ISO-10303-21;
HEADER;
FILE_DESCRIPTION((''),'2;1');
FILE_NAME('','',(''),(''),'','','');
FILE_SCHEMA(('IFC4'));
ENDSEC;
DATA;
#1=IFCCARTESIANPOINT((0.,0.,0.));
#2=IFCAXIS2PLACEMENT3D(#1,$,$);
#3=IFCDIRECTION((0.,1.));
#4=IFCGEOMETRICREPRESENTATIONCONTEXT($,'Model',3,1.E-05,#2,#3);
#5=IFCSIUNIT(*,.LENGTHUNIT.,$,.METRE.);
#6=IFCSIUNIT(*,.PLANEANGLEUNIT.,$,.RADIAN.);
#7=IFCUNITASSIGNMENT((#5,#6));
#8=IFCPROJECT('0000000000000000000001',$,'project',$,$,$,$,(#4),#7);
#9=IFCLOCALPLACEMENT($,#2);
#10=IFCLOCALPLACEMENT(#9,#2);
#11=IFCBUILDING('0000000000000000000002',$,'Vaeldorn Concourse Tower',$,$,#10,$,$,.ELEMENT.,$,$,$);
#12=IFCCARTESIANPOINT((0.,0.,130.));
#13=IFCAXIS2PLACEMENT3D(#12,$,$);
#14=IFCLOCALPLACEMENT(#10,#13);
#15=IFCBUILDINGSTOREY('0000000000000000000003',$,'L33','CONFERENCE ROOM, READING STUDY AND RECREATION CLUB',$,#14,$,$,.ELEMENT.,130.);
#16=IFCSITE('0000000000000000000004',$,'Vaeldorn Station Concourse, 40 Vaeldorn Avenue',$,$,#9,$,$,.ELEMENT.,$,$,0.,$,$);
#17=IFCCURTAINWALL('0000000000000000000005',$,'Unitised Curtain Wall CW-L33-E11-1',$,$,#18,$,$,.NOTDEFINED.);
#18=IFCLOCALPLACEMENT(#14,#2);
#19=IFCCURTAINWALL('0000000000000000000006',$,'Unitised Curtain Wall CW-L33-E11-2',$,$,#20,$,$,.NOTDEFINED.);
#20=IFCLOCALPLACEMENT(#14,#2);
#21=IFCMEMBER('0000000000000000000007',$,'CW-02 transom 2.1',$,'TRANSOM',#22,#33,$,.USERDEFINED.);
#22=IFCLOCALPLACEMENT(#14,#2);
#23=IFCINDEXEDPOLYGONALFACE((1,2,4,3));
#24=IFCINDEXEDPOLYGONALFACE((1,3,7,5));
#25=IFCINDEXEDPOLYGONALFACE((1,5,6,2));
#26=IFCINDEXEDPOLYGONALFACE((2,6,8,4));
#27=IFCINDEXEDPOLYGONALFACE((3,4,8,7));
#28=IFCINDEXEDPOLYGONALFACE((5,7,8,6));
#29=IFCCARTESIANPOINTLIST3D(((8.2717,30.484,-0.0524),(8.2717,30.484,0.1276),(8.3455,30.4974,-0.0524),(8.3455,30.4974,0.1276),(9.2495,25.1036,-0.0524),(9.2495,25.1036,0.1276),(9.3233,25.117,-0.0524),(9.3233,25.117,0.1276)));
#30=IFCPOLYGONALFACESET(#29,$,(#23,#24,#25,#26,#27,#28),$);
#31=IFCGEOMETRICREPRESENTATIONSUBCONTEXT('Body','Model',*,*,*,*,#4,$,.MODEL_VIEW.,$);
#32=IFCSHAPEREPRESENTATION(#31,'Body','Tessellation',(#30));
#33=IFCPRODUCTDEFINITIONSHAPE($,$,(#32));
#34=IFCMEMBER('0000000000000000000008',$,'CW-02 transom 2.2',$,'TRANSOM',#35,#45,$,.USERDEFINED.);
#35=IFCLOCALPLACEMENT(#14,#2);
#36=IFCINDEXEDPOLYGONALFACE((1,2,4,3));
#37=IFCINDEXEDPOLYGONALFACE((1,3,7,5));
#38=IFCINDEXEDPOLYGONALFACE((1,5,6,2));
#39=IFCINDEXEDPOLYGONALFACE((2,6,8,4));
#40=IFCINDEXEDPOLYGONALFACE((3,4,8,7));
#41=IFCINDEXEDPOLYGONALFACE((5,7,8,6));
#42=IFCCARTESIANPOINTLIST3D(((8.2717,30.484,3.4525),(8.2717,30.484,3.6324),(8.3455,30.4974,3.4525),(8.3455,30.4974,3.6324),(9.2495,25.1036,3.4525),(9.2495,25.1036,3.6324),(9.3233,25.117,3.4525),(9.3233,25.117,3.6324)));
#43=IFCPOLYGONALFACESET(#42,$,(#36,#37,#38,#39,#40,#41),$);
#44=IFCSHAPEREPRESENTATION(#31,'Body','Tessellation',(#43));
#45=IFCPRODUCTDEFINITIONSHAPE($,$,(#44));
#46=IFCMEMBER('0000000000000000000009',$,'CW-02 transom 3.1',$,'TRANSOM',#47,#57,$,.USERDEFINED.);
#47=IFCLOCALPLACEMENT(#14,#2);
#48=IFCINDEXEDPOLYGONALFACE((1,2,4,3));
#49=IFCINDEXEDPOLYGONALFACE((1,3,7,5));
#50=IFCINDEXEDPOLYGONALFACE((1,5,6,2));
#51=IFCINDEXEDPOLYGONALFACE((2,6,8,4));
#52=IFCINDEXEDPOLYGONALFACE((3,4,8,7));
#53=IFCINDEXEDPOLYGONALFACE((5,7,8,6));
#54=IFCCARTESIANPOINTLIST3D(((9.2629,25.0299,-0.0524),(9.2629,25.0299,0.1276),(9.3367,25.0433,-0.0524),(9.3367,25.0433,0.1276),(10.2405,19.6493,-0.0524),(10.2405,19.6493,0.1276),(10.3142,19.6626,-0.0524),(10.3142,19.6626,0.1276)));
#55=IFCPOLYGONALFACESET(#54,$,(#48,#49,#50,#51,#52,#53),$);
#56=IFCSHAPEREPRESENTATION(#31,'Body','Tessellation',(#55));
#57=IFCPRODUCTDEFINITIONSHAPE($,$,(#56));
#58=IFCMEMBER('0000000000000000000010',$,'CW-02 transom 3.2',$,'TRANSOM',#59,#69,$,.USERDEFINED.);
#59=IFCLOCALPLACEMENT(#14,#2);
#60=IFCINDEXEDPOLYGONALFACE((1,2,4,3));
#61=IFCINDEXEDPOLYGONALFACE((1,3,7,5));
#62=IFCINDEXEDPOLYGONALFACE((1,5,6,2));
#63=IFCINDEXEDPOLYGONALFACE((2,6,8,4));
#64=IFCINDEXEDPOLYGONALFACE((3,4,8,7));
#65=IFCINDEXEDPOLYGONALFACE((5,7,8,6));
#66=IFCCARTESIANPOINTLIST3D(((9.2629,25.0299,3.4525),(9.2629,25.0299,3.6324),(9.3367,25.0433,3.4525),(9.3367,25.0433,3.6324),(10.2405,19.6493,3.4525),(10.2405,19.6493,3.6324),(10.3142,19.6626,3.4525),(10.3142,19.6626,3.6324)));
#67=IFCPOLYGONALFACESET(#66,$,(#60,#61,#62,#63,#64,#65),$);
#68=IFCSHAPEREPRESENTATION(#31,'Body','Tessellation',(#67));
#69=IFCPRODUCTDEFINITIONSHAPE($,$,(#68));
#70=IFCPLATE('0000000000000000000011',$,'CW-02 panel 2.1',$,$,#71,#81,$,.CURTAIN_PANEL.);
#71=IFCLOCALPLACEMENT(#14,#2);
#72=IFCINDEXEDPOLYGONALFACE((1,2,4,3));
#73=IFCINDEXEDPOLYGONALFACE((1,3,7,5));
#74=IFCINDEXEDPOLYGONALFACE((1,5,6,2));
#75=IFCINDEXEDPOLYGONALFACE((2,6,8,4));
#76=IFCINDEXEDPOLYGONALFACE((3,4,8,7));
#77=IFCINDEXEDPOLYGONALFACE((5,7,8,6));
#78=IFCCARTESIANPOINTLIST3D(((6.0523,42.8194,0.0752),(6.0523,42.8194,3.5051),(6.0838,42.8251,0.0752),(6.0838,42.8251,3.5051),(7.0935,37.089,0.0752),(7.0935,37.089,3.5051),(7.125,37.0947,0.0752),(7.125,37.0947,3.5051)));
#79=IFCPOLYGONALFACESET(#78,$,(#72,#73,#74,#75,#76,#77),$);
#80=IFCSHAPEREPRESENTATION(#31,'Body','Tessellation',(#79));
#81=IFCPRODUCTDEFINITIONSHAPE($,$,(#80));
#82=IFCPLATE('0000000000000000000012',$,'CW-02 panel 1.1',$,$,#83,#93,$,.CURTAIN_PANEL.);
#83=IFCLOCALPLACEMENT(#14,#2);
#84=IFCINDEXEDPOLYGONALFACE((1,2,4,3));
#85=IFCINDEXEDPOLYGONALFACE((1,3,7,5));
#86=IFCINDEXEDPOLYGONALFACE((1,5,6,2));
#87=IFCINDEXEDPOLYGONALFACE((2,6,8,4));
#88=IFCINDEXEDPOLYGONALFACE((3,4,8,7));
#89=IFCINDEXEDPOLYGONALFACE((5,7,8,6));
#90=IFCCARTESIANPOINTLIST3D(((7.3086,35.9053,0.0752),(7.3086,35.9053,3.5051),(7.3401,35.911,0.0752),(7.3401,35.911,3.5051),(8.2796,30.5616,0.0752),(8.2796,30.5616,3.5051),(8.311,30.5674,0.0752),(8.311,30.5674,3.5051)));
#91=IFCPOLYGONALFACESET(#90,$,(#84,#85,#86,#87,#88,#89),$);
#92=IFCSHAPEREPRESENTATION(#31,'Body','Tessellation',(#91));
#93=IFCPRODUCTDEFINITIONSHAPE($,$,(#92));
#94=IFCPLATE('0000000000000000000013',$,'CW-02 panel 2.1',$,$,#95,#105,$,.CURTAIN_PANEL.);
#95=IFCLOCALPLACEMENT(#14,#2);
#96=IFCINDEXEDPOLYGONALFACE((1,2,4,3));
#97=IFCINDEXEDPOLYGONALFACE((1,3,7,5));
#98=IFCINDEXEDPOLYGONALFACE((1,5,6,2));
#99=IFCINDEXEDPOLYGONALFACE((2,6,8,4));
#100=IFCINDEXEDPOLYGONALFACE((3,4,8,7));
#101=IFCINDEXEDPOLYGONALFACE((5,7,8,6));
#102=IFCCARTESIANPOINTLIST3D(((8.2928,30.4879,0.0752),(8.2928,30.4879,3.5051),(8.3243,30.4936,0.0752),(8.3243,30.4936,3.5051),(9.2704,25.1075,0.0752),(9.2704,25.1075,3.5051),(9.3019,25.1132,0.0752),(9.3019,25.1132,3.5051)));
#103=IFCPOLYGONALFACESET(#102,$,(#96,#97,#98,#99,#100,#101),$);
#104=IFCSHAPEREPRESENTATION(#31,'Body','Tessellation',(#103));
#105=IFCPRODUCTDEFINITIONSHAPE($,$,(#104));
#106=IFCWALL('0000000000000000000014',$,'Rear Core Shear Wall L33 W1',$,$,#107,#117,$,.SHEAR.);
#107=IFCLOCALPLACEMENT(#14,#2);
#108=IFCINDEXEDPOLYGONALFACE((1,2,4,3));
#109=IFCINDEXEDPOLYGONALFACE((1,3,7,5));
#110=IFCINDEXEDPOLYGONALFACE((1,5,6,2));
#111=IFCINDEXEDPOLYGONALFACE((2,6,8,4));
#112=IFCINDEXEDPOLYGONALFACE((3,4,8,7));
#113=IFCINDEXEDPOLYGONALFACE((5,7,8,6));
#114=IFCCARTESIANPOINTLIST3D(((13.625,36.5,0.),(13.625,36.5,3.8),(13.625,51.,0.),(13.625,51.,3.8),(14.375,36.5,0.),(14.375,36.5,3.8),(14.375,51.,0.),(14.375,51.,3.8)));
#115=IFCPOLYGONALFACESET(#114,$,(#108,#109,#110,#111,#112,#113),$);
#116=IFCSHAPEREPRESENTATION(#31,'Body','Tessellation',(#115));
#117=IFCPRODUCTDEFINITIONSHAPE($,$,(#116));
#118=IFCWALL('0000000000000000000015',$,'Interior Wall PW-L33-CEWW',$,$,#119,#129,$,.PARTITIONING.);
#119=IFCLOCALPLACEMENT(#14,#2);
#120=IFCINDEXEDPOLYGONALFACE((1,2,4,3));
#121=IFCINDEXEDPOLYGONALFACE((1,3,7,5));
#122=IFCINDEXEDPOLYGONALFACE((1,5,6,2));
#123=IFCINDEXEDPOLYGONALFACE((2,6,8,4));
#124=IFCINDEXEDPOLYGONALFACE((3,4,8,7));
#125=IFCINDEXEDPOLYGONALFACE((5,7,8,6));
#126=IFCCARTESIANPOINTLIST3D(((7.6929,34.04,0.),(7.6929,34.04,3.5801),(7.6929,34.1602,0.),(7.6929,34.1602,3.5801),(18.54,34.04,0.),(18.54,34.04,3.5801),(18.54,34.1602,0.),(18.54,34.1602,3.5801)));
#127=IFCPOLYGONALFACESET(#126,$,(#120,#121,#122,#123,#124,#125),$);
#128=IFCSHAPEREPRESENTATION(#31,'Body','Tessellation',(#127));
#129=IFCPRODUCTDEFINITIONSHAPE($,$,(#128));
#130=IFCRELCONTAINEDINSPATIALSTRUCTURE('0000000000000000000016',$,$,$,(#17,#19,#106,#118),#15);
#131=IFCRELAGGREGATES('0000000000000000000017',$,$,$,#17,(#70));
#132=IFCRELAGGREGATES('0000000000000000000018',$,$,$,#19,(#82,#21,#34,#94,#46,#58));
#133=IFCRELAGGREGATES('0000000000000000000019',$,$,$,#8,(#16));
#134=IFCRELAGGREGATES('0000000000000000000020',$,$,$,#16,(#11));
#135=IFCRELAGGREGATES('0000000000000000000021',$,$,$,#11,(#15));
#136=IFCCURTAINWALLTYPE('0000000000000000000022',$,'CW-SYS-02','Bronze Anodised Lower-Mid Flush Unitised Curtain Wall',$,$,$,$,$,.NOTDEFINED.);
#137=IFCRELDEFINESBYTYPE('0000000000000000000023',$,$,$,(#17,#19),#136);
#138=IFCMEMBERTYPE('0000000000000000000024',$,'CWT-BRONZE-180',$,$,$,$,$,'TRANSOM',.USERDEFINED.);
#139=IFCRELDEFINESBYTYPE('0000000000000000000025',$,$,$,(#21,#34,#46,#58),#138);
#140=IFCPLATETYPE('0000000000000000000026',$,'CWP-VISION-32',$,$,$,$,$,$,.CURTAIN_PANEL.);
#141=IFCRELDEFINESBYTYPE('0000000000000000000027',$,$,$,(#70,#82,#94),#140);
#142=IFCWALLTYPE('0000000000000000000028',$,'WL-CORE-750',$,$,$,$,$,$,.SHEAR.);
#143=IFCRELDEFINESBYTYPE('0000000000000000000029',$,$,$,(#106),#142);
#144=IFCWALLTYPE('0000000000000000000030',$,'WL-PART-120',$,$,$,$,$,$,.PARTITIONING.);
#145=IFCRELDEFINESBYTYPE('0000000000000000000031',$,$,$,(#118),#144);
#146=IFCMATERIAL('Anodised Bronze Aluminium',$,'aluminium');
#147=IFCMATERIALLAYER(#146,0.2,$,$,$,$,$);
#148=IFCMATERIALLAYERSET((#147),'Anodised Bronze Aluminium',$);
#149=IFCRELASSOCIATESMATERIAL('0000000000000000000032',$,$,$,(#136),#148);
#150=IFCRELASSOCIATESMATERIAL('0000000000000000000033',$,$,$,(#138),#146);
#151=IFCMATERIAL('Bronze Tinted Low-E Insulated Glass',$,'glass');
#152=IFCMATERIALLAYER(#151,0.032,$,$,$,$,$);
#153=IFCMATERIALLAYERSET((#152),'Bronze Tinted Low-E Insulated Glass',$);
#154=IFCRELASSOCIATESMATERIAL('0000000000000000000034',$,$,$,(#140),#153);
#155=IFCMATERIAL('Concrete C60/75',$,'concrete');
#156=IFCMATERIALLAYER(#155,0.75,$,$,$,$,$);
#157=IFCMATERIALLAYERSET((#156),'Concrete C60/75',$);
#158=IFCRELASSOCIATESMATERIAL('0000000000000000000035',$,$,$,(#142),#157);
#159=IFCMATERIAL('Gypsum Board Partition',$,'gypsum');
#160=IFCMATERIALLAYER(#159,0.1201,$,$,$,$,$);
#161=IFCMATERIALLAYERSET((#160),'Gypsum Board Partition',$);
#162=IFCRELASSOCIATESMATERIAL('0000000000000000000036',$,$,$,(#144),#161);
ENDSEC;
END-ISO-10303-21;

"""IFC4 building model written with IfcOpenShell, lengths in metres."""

from ifc_helpers import new_model, si_unit, direction, frame, frame_2d, origin, origin_2d, place, context, subcontext, project, spatial, rectangle, extrude, source, transform, mapped, material, layer, layer_set, material_profile, profile_set, type_object, element, aggregate, save


model = new_model("IFC4")

# Units and contexts
model_context = context("Model", 3, precision=1e-05, world=origin(), true_north=direction((0.0, 1.0)))
body_context = subcontext(model_context, "Body", "Model", "MODEL_VIEW")
ifc_project = project(units=[si_unit("LENGTHUNIT", "METRE"), si_unit("PLANEANGLEUNIT", "RADIAN")], contexts=[model_context])

# Site, building, storey
site_placement = place(None, origin())
site = spatial("IfcSite", under=ifc_project, at=site_placement, Name="Vaeldorn Station Concourse, 40 Vaeldorn Avenue", CompositionType="ELEMENT", RefElevation=0.0)
building_placement = place(site_placement, origin())
building = spatial("IfcBuilding", under=site, at=building_placement, Name="Vaeldorn Concourse Tower", CompositionType="ELEMENT")
storey_placement = place(building_placement, frame((0.0, 0.0, 130.0)))
storey = spatial("IfcBuildingStorey", under=building, at=storey_placement, Name="L33", Description="CONFERENCE ROOM, READING STUDY AND RECREATION CLUB", CompositionType="ELEMENT", Elevation=130.0)

# Shared definitions
ifc_material_1 = material(Name="Concrete C60/75", Category="concrete")

# Curtain wall
ifc_material_2 = material(Name="Anodised Bronze Aluminium", Category="aluminium")
ifc_layer_1 = layer(ifc_material_2, 0.2)
ifc_layer_set_1 = layer_set([ifc_layer_1], Name="Anodised Bronze Aluminium")
curtain_wall_type = type_object("IfcCurtainWallType", Name="CW-SYS-02", Description="Bronze Anodised Lower-Mid Flush Unitised Curtain Wall", PredefinedType="NOTDEFINED", material=ifc_layer_set_1)
curtain_wall_1_placement = place(storey_placement, origin())
curtain_wall_1 = element("IfcCurtainWall", 1, at=curtain_wall_1_placement, inside=storey, type_object=curtain_wall_type, Name="Unitised Curtain Wall CW-L33-E11-1", PredefinedType="NOTDEFINED")

# Curtain wall, members
curtain_wall_2_placement = place(storey_placement, origin())
curtain_wall_2 = element("IfcCurtainWall", 2, at=curtain_wall_2_placement, inside=storey, type_object=curtain_wall_type, Name="Unitised Curtain Wall CW-L33-E11-2", PredefinedType="NOTDEFINED")
ifc_material_profile_1 = material_profile(ifc_material_2, rectangle(XDim=0.075, YDim=0.1799, at=origin_2d()), Name="CWT 75x180")
ifc_profile_set_1 = profile_set([ifc_material_profile_1], Name="Anodised Bronze Aluminium")
member_type_1 = type_object("IfcMemberType", Name="CWT-BRONZE-180", ElementType="TRANSOM", PredefinedType="USERDEFINED", material=ifc_profile_set_1)
shared_shape_1 = source(origin(), body_context, "Body", "SweptSolid", [
    extrude(rectangle(XDim=0.075, YDim=0.1799, at=origin_2d()), origin(), (0.0, 0.0, 1.0), 5.4685),
])
member_1_placement = place(storey_placement, frame((8.3086, 30.4907, 0.0376), z_axis=(0.178803, -0.983885, 0.0), x_axis=(0.983885, 0.178803, 0.0)))
member_1 = element("IfcMember", 3, at=member_1_placement, type_object=member_type_1, Name="CW-02 transom 2.1", ObjectType="TRANSOM", PredefinedType="USERDEFINED", context=body_context, shape_type="MappedRepresentation", body=[
    mapped(shared_shape_1, transform((0.0, 0.0, 0.0), scale=1.0)),
])
member_2_placement = place(storey_placement, frame((8.3086, 30.4907, 3.5425), z_axis=(0.178803, -0.983885, 0.0), x_axis=(0.983885, 0.178803, 0.0)))
member_2 = element("IfcMember", 4, at=member_2_placement, type_object=member_type_1, Name="CW-02 transom 2.2", ObjectType="TRANSOM", PredefinedType="USERDEFINED", context=body_context, shape_type="MappedRepresentation", body=[
    mapped(shared_shape_1, transform((0.0, 0.0, 0.0), scale=1.0)),
])
shared_shape_2 = source(origin(), body_context, "Body", "SweptSolid", [
    extrude(rectangle(XDim=0.075, YDim=0.1799, at=origin_2d()), origin(), (0.0, 0.0, 1.0), 5.4688),
])
member_3_placement = place(storey_placement, frame((9.2998, 25.0366, 0.0376), z_axis=(0.178752, -0.983894, 0.0), x_axis=(0.983894, 0.178752, 0.0)))
member_3 = element("IfcMember", 5, at=member_3_placement, type_object=member_type_1, Name="CW-02 transom 3.1", ObjectType="TRANSOM", PredefinedType="USERDEFINED", context=body_context, shape_type="MappedRepresentation", body=[
    mapped(shared_shape_2, transform((0.0, 0.0, 0.0), scale=1.0)),
])
member_4_placement = place(storey_placement, frame((9.2998, 25.0366, 3.5425), z_axis=(0.178752, -0.983894, 0.0), x_axis=(0.983894, 0.178752, 0.0)))
member_4 = element("IfcMember", 6, at=member_4_placement, type_object=member_type_1, Name="CW-02 transom 3.2", ObjectType="TRANSOM", PredefinedType="USERDEFINED", context=body_context, shape_type="MappedRepresentation", body=[
    mapped(shared_shape_2, transform((0.0, 0.0, 0.0), scale=1.0)),
])

# Plates
ifc_material_3 = material(Name="Bronze Tinted Low-E Insulated Glass", Category="glass")
ifc_layer_2 = layer(ifc_material_3, 0.032)
ifc_layer_set_2 = layer_set([ifc_layer_2], Name="Bronze Tinted Low-E Insulated Glass")
plate_type = type_object("IfcPlateType", Name="CWP-VISION-32", PredefinedType="CURTAIN_PANEL", material=ifc_layer_set_2)
shared_shape_3 = source(origin(), body_context, "Body", "SweptSolid", [
    extrude(rectangle(XDim=5.8242, YDim=0.032, at=origin_2d()), origin(), (0.0, 0.0, 1.0), 3.4299),
])
plate_1_placement = place(storey_placement, frame((6.5886, 39.957, 0.0752), z_axis=(0.0, 0.0, 1.0), x_axis=(0.178771, -0.983891, 0.0)))
plate_1 = element("IfcPlate", 7, at=plate_1_placement, type_object=plate_type, Name="CW-02 panel 2.1", PredefinedType="CURTAIN_PANEL", context=body_context, shape_type="MappedRepresentation", body=[
    mapped(shared_shape_3, transform((0.0, 0.0, 0.0), scale=1.0)),
])
aggregate(curtain_wall_1, [plate_1])
shared_shape_4 = source(origin(), body_context, "Body", "SweptSolid", [
    extrude(rectangle(XDim=5.4312, YDim=0.032, at=origin_2d()), origin(), (0.0, 0.0, 1.0), 3.4299),
])
plate_2_placement = place(storey_placement, frame((7.8098, 33.2363, 0.0752), z_axis=(0.0, 0.0, 1.0), x_axis=(0.178774, -0.98389, 0.0)))
plate_2 = element("IfcPlate", 8, at=plate_2_placement, type_object=plate_type, Name="CW-02 panel 1.1", PredefinedType="CURTAIN_PANEL", context=body_context, shape_type="MappedRepresentation", body=[
    mapped(shared_shape_4, transform((0.0, 0.0, 0.0), scale=1.0)),
])
shared_shape_5 = source(origin(), body_context, "Body", "SweptSolid", [
    extrude(rectangle(XDim=5.4685, YDim=0.032, at=origin_2d()), origin(), (0.0, 0.0, 1.0), 3.4299),
])
plate_3_placement = place(storey_placement, frame((8.7974, 27.8005, 0.0752), z_axis=(0.0, 0.0, 1.0), x_axis=(0.178774, -0.98389, 0.0)))
plate_3 = element("IfcPlate", 9, at=plate_3_placement, type_object=plate_type, Name="CW-02 panel 2.1", PredefinedType="CURTAIN_PANEL", context=body_context, shape_type="MappedRepresentation", body=[
    mapped(shared_shape_5, transform((0.0, 0.0, 0.0), scale=1.0)),
])
aggregate(curtain_wall_2, [plate_2, member_1, member_2, plate_3, member_3, member_4])

# Walls
ifc_layer_3 = layer(ifc_material_1, 0.75)
ifc_layer_set_3 = layer_set([ifc_layer_3], Name="Concrete C60/75")
wall_type_1 = type_object("IfcWallType", Name="WL-CORE-750", PredefinedType="SHEAR", material=ifc_layer_set_3)
wall_1_placement = place(storey_placement, frame((14.0, 36.5, 0.0), z_axis=(0.0, 0.0, 1.0), x_axis=(0.0, 1.0, 0.0)))
element("IfcWall", 10, at=wall_1_placement, inside=storey, type_object=wall_type_1, Name="Rear Core Shear Wall L33 W1", PredefinedType="SHEAR", context=body_context, shape_type="SweptSolid", body=[
    extrude(rectangle(XDim=14.5, YDim=0.75, at=frame_2d((7.25, 0.0))), origin(), (0.0, 0.0, 1.0), 3.8),
])
ifc_material_4 = material(Name="Gypsum Board Partition", Category="gypsum")
ifc_layer_4 = layer(ifc_material_4, 0.1201)
ifc_layer_set_4 = layer_set([ifc_layer_4], Name="Gypsum Board Partition")
wall_type_2 = type_object("IfcWallType", Name="WL-PART-120", PredefinedType="PARTITIONING", material=ifc_layer_set_4)
wall_2_placement = place(storey_placement, frame((7.6929, 34.1001, 0.0), z_axis=(0.0, 0.0, 1.0), x_axis=(1.0, 0.0, 0.0)))
element("IfcWall", 11, at=wall_2_placement, inside=storey, type_object=wall_type_2, Name="Interior Wall PW-L33-CEWW", PredefinedType="PARTITIONING", context=body_context, shape_type="SweptSolid", body=[
    extrude(rectangle(XDim=10.8472, YDim=0.1201, at=frame_2d((5.4236, 0.0))), origin(), (0.0, 0.0, 1.0), 3.5801),
])

save(model, "model.ifc")
